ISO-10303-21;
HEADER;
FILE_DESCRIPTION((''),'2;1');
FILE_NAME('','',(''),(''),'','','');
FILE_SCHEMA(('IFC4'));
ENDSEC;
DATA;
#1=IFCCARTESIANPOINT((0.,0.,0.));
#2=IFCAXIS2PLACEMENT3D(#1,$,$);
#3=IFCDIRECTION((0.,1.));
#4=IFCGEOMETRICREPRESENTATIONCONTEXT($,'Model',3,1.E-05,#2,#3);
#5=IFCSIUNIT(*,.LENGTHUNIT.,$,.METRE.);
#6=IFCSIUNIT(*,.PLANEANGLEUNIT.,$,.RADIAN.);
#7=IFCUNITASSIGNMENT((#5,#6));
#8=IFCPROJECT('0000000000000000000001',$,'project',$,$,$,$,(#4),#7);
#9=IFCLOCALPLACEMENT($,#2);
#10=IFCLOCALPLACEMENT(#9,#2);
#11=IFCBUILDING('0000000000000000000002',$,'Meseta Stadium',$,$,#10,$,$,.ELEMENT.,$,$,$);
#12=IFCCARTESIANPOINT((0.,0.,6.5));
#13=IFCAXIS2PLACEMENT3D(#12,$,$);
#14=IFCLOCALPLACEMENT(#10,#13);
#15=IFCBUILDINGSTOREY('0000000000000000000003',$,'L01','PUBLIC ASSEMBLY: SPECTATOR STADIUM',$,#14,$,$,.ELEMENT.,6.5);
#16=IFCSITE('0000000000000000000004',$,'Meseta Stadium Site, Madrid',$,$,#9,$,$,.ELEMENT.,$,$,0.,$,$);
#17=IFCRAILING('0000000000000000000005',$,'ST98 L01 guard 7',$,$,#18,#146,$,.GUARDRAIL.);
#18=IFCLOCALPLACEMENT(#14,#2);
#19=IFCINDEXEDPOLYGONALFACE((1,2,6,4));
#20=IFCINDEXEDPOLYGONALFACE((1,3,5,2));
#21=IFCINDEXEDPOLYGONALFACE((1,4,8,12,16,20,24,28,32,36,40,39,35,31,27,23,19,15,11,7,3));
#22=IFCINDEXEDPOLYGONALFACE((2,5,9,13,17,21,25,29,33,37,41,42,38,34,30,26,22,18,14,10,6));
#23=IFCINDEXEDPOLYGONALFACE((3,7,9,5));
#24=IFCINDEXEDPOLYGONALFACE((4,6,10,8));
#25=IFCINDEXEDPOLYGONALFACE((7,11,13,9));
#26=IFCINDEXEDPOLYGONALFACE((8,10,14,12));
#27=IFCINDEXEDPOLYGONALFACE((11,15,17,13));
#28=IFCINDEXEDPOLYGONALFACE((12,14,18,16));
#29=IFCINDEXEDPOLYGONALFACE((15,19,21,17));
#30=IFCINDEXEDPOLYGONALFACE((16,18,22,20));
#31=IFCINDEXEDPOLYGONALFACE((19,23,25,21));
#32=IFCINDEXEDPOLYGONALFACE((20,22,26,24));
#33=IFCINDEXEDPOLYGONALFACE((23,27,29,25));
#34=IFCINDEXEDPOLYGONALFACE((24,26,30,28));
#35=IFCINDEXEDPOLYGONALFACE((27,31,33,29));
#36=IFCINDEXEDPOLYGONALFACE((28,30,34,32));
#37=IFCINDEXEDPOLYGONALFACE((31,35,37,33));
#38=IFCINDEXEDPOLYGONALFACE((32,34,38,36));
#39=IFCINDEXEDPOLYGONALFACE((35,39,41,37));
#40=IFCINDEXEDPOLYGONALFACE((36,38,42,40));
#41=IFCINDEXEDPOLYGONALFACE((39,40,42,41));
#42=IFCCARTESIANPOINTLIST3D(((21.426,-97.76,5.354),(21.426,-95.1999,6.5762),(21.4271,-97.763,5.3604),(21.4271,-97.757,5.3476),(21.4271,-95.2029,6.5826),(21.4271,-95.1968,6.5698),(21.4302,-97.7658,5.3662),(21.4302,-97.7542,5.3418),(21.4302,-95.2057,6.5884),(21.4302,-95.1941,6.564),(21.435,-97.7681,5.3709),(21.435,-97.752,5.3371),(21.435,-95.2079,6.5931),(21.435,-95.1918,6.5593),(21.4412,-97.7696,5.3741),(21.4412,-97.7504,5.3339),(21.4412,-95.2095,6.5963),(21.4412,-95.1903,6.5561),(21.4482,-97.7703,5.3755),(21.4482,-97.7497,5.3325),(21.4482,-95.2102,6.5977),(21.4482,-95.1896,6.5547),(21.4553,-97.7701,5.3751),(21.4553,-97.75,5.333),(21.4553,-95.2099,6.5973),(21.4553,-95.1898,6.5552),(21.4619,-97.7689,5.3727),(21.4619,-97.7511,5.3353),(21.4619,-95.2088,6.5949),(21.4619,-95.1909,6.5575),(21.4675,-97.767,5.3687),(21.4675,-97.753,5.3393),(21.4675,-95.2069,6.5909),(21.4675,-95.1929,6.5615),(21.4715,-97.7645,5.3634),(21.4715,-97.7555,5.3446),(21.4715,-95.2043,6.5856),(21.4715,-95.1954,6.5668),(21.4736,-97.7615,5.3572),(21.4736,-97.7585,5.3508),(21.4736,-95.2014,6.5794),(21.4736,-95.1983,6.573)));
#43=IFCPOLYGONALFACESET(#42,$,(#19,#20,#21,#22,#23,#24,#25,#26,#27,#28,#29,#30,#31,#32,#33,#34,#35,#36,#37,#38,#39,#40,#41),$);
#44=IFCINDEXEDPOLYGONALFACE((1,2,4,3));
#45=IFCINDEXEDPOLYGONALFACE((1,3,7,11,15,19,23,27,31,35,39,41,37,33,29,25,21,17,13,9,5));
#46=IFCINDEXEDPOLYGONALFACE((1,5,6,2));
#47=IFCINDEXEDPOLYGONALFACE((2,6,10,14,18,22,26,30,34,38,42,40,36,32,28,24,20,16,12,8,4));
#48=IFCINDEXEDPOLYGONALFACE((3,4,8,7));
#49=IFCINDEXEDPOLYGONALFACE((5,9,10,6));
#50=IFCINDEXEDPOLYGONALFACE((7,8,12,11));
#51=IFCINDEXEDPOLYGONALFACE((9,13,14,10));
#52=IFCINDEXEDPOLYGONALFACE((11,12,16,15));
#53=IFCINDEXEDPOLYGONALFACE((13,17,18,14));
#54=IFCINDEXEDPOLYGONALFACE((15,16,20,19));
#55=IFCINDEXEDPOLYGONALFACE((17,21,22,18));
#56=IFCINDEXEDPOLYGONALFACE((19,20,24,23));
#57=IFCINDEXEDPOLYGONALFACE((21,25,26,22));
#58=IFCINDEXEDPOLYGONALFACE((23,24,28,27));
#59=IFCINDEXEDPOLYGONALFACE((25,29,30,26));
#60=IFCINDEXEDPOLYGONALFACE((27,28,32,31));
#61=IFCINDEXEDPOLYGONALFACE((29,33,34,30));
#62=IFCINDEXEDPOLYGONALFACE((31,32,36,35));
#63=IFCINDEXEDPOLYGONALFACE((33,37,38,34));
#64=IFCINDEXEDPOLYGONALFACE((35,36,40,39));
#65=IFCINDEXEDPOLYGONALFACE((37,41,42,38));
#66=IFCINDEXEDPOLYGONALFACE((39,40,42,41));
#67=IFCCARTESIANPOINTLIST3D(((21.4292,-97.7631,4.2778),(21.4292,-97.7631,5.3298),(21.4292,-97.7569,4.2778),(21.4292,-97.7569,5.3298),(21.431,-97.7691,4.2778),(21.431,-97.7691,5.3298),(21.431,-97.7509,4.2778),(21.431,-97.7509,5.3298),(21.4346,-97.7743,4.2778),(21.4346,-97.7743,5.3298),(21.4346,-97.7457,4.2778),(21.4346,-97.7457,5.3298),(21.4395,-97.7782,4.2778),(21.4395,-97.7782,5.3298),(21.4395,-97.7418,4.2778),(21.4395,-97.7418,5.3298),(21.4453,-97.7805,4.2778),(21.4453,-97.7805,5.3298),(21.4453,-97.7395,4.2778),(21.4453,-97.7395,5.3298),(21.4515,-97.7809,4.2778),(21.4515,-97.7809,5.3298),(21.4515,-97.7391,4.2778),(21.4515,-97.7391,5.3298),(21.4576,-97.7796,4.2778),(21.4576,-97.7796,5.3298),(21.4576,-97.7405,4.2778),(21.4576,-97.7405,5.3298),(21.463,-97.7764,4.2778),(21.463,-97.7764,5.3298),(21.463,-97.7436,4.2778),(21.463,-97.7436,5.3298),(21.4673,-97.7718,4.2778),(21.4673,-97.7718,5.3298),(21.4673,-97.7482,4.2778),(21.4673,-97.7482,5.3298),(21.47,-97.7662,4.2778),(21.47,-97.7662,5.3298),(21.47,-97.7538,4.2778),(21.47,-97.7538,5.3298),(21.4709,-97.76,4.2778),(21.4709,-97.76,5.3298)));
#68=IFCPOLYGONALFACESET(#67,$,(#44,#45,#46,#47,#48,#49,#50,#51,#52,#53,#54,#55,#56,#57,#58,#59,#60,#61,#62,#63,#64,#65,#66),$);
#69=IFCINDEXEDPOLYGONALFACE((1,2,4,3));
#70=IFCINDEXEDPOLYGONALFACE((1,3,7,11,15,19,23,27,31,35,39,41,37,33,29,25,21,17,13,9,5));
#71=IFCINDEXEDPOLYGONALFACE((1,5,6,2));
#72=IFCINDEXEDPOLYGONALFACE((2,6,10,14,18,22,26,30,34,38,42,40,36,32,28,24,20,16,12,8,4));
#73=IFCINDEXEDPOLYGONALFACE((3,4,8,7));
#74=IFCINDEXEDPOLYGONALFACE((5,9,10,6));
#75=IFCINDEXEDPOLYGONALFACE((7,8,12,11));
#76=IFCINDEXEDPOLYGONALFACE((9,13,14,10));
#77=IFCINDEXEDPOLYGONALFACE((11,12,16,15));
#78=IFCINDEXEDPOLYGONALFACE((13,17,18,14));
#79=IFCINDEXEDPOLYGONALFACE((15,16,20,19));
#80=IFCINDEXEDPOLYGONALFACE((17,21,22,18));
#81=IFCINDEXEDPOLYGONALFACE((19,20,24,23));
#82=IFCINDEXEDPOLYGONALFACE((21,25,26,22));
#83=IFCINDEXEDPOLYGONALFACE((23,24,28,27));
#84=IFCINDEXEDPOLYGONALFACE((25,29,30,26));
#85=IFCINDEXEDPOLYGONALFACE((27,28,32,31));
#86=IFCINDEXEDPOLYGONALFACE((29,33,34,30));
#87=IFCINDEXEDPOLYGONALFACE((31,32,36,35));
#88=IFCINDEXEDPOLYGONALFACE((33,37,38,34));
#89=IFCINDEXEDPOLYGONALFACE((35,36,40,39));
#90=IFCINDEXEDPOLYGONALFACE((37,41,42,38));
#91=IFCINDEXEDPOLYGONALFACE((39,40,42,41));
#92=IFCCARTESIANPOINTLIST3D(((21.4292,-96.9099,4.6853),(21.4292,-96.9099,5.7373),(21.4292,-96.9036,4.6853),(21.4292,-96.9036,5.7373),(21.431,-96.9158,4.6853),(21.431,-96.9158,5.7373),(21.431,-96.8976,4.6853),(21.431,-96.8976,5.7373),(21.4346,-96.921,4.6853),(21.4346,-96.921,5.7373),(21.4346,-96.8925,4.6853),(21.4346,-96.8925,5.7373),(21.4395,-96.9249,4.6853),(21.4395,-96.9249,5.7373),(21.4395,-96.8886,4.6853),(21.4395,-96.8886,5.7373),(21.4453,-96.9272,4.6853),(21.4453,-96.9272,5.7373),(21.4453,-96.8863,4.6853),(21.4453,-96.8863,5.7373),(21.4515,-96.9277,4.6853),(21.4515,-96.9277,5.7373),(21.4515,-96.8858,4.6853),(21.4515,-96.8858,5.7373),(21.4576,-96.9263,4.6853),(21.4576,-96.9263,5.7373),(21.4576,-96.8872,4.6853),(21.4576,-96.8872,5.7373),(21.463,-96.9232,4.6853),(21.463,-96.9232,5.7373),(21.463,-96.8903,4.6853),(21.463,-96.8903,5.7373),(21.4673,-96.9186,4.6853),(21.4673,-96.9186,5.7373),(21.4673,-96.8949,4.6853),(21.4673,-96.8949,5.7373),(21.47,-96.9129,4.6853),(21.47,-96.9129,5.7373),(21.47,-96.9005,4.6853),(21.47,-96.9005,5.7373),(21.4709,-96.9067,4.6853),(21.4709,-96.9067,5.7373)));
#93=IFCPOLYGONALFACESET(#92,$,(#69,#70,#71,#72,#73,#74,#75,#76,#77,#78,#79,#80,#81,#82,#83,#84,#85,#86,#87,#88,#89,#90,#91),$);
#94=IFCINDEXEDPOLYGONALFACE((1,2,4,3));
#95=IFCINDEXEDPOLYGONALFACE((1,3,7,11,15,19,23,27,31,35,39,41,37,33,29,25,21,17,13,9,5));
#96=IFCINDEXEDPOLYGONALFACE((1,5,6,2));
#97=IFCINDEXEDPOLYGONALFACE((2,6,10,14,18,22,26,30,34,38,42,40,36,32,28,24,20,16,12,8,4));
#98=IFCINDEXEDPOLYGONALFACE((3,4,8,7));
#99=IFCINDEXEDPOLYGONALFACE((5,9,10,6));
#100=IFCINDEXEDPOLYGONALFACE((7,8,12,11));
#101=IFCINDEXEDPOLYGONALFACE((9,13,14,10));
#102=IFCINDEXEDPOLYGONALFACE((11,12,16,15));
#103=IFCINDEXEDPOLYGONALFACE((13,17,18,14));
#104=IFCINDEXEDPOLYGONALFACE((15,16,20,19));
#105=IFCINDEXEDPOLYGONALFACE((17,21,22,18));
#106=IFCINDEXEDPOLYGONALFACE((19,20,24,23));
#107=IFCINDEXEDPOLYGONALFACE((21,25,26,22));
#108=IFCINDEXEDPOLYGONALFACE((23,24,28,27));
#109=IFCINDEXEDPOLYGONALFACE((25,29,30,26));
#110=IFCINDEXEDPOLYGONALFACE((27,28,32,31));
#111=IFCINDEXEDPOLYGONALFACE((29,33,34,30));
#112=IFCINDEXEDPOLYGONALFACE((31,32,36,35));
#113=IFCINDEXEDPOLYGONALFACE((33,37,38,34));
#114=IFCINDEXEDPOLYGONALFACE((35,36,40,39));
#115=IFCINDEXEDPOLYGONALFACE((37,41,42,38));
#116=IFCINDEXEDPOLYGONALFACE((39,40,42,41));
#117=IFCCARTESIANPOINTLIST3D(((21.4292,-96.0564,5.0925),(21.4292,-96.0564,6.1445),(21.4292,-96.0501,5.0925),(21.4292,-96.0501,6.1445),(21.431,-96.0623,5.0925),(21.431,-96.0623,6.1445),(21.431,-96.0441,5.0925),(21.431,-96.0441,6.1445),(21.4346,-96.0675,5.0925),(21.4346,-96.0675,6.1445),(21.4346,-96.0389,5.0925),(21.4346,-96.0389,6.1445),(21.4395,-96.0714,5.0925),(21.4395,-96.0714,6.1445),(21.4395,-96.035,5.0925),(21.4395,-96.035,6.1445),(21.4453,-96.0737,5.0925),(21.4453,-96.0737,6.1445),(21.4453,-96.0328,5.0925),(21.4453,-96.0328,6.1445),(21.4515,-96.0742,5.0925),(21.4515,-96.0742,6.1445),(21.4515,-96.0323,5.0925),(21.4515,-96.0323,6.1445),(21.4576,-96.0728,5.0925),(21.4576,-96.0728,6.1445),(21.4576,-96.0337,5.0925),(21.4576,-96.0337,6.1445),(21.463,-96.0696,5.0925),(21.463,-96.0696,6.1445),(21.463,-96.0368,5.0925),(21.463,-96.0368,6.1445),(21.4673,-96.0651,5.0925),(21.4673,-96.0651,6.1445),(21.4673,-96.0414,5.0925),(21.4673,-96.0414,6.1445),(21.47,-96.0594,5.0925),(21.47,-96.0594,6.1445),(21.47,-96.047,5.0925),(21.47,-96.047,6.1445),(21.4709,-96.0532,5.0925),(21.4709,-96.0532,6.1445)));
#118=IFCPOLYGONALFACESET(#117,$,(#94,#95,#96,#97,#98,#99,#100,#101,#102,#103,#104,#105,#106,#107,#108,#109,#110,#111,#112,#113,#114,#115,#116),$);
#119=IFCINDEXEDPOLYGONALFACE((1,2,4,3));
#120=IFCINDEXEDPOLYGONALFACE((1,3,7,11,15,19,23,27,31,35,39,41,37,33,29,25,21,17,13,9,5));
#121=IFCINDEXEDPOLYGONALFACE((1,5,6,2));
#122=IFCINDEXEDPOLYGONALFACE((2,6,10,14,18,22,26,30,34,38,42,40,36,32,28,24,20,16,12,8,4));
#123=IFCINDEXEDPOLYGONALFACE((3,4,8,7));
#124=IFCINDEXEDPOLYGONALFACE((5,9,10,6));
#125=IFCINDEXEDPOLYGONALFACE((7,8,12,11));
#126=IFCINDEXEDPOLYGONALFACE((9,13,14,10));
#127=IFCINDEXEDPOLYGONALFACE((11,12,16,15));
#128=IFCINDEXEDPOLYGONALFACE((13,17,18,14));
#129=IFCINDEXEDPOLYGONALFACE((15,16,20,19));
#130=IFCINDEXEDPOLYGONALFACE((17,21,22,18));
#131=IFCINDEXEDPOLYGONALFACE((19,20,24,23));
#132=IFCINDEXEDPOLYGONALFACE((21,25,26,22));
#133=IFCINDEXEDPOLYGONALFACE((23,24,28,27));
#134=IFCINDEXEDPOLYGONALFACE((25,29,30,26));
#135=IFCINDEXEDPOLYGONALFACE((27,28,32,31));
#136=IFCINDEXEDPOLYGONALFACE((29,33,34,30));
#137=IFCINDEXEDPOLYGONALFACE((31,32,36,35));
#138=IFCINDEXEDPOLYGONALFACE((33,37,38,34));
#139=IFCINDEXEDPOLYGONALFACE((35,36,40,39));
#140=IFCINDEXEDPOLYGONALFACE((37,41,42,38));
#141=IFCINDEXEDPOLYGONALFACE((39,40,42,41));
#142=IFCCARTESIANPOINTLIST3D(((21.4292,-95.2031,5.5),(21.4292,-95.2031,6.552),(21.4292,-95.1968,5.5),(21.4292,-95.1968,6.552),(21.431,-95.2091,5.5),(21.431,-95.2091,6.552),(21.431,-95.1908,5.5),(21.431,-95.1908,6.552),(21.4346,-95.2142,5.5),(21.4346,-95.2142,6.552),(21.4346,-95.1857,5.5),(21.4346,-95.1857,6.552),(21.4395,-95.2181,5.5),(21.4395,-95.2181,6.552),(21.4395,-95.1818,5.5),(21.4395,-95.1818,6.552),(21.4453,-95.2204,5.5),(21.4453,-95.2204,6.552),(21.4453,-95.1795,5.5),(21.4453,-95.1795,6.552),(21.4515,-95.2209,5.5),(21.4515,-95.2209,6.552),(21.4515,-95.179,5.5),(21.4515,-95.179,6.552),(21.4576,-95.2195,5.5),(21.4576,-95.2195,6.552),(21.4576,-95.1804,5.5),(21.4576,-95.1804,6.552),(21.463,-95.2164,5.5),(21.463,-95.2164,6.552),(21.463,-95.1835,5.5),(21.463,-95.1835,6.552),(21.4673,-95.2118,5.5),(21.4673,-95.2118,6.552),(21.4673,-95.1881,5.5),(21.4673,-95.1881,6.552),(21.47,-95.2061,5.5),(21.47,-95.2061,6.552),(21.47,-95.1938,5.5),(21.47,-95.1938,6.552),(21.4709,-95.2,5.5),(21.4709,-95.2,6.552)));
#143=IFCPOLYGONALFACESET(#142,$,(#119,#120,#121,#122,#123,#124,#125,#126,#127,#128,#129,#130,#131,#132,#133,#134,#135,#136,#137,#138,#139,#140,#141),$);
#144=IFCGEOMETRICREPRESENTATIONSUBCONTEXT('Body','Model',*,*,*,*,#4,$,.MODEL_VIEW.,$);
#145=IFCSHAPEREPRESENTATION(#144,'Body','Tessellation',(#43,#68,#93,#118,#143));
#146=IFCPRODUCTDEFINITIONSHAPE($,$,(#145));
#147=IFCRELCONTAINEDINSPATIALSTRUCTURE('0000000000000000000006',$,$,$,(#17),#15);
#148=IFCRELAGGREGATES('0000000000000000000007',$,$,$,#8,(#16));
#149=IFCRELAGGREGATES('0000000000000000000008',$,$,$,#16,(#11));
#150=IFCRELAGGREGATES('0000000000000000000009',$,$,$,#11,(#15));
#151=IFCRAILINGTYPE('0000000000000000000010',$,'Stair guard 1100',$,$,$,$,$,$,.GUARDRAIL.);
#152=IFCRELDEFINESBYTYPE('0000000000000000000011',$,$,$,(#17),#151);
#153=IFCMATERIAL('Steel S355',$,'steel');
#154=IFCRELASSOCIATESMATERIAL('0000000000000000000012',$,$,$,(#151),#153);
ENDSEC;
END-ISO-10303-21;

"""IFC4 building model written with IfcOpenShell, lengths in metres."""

from ifc_helpers import new_model, si_unit, direction, frame, origin, origin_2d, place, context, subcontext, project, spatial, circle, extrude, material, type_object, element, save


model = new_model("IFC4")

# Units and contexts
model_context = context("Model", 3, precision=1e-05, world=origin(), true_north=direction((0.0, 1.0)))
body_context = subcontext(model_context, "Body", "Model", "MODEL_VIEW")
ifc_project = project(units=[si_unit("LENGTHUNIT", "METRE"), si_unit("PLANEANGLEUNIT", "RADIAN")], contexts=[model_context])

# Site, building, storey
site_placement = place(None, origin())
site = spatial("IfcSite", under=ifc_project, at=site_placement, Name="Meseta Stadium Site, Madrid", CompositionType="ELEMENT", RefElevation=0.0)
building_placement = place(site_placement, origin())
building = spatial("IfcBuilding", under=site, at=building_placement, Name="Meseta Stadium", CompositionType="ELEMENT")
storey_placement = place(building_placement, frame((0.0, 0.0, 6.5)))
storey = spatial("IfcBuildingStorey", under=building, at=storey_placement, Name="L01", Description="PUBLIC ASSEMBLY: SPECTATOR STADIUM", CompositionType="ELEMENT", Elevation=6.5)

# Railing
ifc_material_1 = material(Name="Steel S355", Category="steel")
railing_type_1 = type_object("IfcRailingType", Name="Stair guard 1100", PredefinedType="GUARDRAIL", material=ifc_material_1)
railing_1_placement = place(storey_placement, frame((21.45, -97.76, 4.2778)))
element("IfcRailing", 1, at=railing_1_placement, inside=storey, type_object=railing_type_1, Name="ST98 L01 guard 7", PredefinedType="GUARDRAIL", context=body_context, shape_type="SweptSolid", body=[
    extrude(circle(Radius=0.0239, at=origin_2d()), frame((0.0, 0.0, 1.0762), z_axis=(0.0, 0.902437, 0.430822), x_axis=(-1.0, 0.0, 0.0)), (0.0, 0.0, 1.0), 2.8369),
    extrude(circle(Radius=0.021, at=origin_2d()), origin(), (0.0, 0.0, 1.0), 1.052),
    extrude(circle(Radius=0.021, at=origin_2d()), frame((0.0, 0.8533, 0.4075)), (0.0, 0.0, 1.0), 1.052),
    extrude(circle(Radius=0.021, at=origin_2d()), frame((0.0, 1.7068, 0.8147)), (0.0, 0.0, 1.0), 1.052),
    extrude(circle(Radius=0.021, at=origin_2d()), frame((0.0, 2.5601, 1.2222)), (0.0, 0.0, 1.0), 1.052),
])

save(model, "model.ifc")
